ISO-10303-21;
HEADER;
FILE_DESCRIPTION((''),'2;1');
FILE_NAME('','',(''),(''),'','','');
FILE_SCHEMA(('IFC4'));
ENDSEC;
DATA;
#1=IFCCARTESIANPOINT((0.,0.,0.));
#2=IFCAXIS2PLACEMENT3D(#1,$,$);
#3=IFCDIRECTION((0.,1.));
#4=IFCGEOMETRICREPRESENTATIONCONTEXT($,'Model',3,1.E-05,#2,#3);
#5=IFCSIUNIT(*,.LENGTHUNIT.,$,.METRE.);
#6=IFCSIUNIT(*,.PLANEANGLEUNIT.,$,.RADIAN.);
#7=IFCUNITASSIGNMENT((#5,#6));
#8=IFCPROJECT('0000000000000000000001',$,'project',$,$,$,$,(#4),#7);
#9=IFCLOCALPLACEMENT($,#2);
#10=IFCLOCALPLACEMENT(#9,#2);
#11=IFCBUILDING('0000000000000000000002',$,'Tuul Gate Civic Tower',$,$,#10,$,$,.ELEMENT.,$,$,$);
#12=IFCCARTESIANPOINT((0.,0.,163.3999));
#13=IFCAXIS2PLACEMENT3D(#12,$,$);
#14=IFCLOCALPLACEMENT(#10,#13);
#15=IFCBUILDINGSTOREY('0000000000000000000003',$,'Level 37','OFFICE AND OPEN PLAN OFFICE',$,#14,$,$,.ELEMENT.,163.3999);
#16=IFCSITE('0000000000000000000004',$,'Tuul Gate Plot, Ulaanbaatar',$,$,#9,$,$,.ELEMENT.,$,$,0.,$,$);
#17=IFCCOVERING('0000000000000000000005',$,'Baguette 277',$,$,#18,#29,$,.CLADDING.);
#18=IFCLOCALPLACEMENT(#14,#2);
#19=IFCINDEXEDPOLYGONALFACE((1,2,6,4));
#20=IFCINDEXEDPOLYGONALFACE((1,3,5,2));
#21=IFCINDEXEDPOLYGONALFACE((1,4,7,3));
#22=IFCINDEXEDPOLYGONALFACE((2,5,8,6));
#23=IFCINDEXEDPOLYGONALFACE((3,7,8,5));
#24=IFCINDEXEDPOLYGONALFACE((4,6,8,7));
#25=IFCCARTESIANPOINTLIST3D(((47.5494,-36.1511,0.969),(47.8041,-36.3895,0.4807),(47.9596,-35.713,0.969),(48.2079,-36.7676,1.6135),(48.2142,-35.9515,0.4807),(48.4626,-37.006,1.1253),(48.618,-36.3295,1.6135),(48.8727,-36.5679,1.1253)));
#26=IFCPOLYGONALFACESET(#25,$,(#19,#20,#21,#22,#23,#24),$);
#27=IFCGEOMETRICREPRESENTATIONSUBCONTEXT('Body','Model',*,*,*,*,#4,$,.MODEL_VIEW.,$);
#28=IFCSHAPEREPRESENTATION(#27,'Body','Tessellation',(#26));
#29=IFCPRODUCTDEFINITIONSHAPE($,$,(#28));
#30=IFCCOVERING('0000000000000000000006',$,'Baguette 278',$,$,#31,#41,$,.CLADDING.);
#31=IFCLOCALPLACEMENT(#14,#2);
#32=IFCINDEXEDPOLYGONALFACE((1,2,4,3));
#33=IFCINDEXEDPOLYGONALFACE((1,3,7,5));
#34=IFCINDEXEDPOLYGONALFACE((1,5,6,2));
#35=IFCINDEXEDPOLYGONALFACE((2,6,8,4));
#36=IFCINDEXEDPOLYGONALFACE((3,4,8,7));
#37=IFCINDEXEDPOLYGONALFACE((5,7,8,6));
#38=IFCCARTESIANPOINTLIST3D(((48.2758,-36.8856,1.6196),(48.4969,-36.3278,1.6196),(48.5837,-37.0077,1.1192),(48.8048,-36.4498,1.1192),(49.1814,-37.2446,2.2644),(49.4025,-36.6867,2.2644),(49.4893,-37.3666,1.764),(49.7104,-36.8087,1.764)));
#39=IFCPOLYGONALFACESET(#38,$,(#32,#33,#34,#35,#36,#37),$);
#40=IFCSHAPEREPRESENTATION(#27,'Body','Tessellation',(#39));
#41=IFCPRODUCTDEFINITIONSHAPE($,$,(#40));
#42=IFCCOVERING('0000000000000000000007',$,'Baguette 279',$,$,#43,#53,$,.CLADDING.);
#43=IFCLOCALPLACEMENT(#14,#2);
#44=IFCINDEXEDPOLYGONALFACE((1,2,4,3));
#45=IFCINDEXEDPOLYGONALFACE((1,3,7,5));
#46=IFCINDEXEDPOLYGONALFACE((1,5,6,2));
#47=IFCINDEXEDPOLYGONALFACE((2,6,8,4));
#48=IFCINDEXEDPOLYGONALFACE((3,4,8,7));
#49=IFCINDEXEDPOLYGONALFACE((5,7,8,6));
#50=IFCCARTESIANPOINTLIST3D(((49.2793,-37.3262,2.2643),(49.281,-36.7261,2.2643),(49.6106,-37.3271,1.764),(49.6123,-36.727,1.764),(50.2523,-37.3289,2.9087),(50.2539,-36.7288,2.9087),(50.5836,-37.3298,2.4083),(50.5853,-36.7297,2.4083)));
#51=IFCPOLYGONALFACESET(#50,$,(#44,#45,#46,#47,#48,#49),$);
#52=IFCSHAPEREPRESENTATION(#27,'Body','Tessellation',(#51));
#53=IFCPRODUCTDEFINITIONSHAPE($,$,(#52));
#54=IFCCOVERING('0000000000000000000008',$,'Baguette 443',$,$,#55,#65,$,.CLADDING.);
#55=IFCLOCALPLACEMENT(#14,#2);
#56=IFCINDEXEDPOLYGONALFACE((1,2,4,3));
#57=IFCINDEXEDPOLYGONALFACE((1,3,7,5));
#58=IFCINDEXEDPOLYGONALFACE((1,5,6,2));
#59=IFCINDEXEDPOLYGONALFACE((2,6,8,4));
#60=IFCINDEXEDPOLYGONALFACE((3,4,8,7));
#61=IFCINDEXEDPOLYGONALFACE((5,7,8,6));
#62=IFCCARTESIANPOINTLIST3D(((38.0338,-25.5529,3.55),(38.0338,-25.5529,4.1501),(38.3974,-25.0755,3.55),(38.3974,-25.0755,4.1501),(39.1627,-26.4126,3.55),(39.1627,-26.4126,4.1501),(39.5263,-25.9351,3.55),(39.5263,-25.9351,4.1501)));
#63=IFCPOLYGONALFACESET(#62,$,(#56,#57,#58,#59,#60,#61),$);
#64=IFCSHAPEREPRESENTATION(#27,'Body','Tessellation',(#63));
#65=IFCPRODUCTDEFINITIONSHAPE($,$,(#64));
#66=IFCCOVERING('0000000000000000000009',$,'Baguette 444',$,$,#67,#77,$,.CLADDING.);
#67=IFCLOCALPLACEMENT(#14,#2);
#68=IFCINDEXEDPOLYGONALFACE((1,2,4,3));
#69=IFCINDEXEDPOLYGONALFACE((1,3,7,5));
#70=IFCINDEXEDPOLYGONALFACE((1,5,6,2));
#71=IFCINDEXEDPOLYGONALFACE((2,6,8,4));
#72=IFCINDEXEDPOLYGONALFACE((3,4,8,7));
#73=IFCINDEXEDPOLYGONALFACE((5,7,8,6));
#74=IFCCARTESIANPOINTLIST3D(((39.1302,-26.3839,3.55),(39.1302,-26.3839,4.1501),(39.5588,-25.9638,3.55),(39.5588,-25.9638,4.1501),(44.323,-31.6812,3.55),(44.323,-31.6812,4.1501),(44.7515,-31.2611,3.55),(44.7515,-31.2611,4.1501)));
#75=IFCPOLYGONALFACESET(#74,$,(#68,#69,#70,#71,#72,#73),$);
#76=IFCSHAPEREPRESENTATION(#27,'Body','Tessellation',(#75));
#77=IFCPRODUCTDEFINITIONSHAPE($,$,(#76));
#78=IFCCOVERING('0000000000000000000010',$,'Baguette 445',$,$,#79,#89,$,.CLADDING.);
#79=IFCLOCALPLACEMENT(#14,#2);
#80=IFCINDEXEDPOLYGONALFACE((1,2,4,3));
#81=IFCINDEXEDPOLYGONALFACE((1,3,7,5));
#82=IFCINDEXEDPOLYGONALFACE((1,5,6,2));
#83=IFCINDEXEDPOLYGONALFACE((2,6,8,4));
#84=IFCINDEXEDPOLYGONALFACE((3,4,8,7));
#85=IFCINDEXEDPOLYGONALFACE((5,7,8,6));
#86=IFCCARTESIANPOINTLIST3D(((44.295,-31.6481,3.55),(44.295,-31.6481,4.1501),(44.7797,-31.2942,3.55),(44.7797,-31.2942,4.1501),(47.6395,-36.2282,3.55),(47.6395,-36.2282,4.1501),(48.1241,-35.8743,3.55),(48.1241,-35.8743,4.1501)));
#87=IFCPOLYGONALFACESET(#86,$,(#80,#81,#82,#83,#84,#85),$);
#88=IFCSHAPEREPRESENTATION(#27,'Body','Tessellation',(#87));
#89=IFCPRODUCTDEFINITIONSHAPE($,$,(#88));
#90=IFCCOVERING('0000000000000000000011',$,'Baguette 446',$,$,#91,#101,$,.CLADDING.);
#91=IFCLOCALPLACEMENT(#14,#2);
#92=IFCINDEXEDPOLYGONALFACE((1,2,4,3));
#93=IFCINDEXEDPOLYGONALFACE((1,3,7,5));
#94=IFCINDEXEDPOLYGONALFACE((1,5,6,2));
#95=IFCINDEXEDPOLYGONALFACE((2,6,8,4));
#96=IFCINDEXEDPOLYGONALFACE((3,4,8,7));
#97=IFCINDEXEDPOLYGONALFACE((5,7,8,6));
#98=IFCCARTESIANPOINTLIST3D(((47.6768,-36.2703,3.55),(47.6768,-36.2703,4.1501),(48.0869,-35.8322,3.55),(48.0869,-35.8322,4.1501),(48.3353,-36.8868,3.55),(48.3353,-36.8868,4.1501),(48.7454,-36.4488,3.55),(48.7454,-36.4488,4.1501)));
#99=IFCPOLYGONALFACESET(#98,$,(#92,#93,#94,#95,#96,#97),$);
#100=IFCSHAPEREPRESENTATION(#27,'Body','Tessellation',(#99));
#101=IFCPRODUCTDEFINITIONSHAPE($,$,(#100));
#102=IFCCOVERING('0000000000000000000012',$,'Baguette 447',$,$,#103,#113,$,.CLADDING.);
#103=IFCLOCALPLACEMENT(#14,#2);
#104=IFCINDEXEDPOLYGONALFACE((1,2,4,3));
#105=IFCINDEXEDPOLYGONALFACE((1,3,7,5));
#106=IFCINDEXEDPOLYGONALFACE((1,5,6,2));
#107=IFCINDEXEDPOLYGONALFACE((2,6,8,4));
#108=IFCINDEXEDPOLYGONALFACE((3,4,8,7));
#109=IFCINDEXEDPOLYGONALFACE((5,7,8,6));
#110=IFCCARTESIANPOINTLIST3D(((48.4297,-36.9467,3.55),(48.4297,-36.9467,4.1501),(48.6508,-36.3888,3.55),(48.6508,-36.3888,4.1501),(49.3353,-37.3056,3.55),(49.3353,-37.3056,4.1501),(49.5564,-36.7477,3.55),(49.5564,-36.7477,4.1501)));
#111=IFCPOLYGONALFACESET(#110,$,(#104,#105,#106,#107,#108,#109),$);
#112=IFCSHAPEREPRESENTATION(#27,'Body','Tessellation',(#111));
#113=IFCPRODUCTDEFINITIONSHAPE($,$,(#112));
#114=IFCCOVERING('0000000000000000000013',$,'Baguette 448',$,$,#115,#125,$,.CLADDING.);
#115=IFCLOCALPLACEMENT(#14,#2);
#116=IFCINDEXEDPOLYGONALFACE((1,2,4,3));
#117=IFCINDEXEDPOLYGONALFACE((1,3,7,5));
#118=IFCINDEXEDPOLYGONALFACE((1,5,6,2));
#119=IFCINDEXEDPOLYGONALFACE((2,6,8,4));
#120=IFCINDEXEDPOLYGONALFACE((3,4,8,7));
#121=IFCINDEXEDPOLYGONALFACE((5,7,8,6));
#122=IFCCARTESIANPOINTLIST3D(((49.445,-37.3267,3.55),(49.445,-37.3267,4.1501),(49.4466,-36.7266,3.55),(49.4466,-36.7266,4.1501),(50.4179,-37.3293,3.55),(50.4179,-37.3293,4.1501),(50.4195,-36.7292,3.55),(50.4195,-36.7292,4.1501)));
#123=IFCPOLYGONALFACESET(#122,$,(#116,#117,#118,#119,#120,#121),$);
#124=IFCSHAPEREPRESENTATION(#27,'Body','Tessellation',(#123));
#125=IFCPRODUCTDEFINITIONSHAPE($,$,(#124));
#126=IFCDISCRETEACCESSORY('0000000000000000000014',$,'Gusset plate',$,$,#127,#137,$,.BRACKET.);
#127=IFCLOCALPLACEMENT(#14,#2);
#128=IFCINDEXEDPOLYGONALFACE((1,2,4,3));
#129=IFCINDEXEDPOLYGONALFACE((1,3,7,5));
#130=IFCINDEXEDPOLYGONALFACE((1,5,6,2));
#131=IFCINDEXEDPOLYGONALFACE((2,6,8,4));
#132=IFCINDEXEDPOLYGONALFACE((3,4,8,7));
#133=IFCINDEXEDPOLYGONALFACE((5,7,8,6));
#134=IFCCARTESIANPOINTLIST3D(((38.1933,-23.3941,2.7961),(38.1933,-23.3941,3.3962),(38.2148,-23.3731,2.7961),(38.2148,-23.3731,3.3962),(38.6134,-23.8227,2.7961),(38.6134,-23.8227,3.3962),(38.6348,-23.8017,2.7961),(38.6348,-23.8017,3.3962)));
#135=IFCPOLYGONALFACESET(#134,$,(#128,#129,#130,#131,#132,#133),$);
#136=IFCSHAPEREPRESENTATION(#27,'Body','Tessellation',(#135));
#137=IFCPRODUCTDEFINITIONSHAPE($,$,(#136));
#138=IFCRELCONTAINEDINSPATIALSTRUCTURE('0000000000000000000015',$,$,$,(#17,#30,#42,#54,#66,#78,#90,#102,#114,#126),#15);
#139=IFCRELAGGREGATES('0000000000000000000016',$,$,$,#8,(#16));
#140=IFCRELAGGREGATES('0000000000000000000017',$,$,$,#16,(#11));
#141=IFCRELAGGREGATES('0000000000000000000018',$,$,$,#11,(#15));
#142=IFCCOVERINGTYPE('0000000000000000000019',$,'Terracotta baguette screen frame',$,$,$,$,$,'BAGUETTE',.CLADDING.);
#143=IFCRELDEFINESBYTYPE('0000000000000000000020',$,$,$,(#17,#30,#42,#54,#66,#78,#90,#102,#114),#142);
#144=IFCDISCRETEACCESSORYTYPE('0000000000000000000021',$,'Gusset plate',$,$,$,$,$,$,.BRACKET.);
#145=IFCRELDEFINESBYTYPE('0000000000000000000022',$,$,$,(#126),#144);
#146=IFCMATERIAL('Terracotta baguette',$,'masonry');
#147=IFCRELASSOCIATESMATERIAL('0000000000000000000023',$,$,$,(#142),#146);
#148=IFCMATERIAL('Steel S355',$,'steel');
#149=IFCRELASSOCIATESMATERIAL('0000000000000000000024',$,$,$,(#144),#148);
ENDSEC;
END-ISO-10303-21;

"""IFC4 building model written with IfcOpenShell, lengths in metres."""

from ifc_helpers import new_model, si_unit, direction, frame, origin, origin_2d, place, context, subcontext, project, spatial, rectangle, extrude, material, material_profile, profile_set, type_object, element, save


model = new_model("IFC4")

# Units and contexts
model_context = context("Model", 3, precision=1e-05, world=origin(), true_north=direction((0.0, 1.0)))
body_context = subcontext(model_context, "Body", "Model", "MODEL_VIEW")
ifc_project = project(units=[si_unit("LENGTHUNIT", "METRE"), si_unit("PLANEANGLEUNIT", "RADIAN")], contexts=[model_context])

# Site, building, storey
site_placement = place(None, origin())
site = spatial("IfcSite", under=ifc_project, at=site_placement, Name="Tuul Gate Plot, Ulaanbaatar", CompositionType="ELEMENT", RefElevation=0.0)
building_placement = place(site_placement, origin())
building = spatial("IfcBuilding", under=site, at=building_placement, Name="Tuul Gate Civic Tower", CompositionType="ELEMENT")
storey_placement = place(building_placement, frame((0.0, 0.0, 163.3999)))
storey = spatial("IfcBuildingStorey", under=building, at=storey_placement, Name="Level 37", Description="OFFICE AND OPEN PLAN OFFICE", CompositionType="ELEMENT", Elevation=163.3999)

# Coverings
ifc_material_1 = material(Name="Terracotta baguette", Category="masonry")
ifc_material_profile_1 = material_profile(ifc_material_1, rectangle(XDim=0.6001, YDim=0.6001, at=origin_2d()), Name="Terracotta baguette screen frame")
ifc_profile_set_1 = profile_set([ifc_material_profile_1], Name="Terracotta baguette")
covering_type = type_object("IfcCoveringType", Name="Terracotta baguette screen frame", ElementType="BAGUETTE", PredefinedType="CLADDING", material=ifc_profile_set_1)
covering_1_placement = place(storey_placement, frame((47.8818, -36.0513, 0.7249), z_axis=(0.593946, -0.556067, 0.581393), x_axis=(0.683446, 0.730001, 0.0)))
element("IfcCovering", 1, at=covering_1_placement, inside=storey, type_object=covering_type, Name="Baguette 277", PredefinedType="CLADDING", context=body_context, shape_type="SweptSolid", body=[
    extrude(rectangle(XDim=0.6001, YDim=0.6001, at=origin_2d()), origin(), (0.0, 0.0, 1.0), 1.1086),
])
covering_2_placement = place(storey_placement, frame((48.5403, -36.6677, 1.3694), z_axis=(0.775194, -0.307235, 0.551978), x_axis=(0.36845, 0.929647, 0.0)))
element("IfcCovering", 2, at=covering_2_placement, inside=storey, type_object=covering_type, Name="Baguette 278", PredefinedType="CLADDING", context=body_context, shape_type="SweptSolid", body=[
    extrude(rectangle(XDim=0.6001, YDim=0.6001, at=origin_2d()), origin(), (0.0, 0.0, 1.0), 1.1682),
])
covering_3_placement = place(storey_placement, frame((49.4458, -37.0266, 2.0142), z_axis=(0.83375, -0.002301, 0.552137), x_axis=(0.00276, 0.999996, 0.0)))
element("IfcCovering", 3, at=covering_3_placement, inside=storey, type_object=covering_type, Name="Baguette 279", PredefinedType="CLADDING", context=body_context, shape_type="SweptSolid", body=[
    extrude(rectangle(XDim=0.6001, YDim=0.6001, at=origin_2d()), origin(), (0.0, 0.0, 1.0), 1.167),
])
covering_4_placement = place(storey_placement, frame((38.2156, -25.3142, 3.8501), z_axis=(0.795602, -0.60582, 0.0), x_axis=(0.60582, 0.795602, 0.0)))
element("IfcCovering", 4, at=covering_4_placement, inside=storey, type_object=covering_type, Name="Baguette 443", PredefinedType="CLADDING", context=body_context, shape_type="SweptSolid", body=[
    extrude(rectangle(XDim=0.6001, YDim=0.6001, at=origin_2d()), origin(), (0.0, 0.0, 1.0), 1.4189),
])
covering_5_placement = place(storey_placement, frame((39.3445, -26.1738, 3.8501), z_axis=(0.700029, -0.714115, 0.0), x_axis=(0.714115, 0.700029, 0.0)))
element("IfcCovering", 5, at=covering_5_placement, inside=storey, type_object=covering_type, Name="Baguette 444", PredefinedType="CLADDING", context=body_context, shape_type="SweptSolid", body=[
    extrude(rectangle(XDim=0.6001, YDim=0.6001, at=origin_2d()), origin(), (0.0, 0.0, 1.0), 7.418),
])
covering_6_placement = place(storey_placement, frame((44.5374, -31.4712, 3.8501), z_axis=(0.589729, -0.807601, 0.0), x_axis=(0.807601, 0.589729, 0.0)))
element("IfcCovering", 6, at=covering_6_placement, inside=storey, type_object=covering_type, Name="Baguette 445", PredefinedType="CLADDING", context=body_context, shape_type="SweptSolid", body=[
    extrude(rectangle(XDim=0.6001, YDim=0.6001, at=origin_2d()), origin(), (0.0, 0.0, 1.0), 5.6711),
])
covering_7_placement = place(storey_placement, frame((47.8818, -36.0513, 3.8501), z_axis=(0.730001, -0.683446, 0.0), x_axis=(0.683446, 0.730001, 0.0)))
element("IfcCovering", 7, at=covering_7_placement, inside=storey, type_object=covering_type, Name="Baguette 446", PredefinedType="CLADDING", context=body_context, shape_type="SweptSolid", body=[
    extrude(rectangle(XDim=0.6001, YDim=0.6001, at=origin_2d()), origin(), (0.0, 0.0, 1.0), 0.9021),
])
covering_8_placement = place(storey_placement, frame((48.5403, -36.6677, 3.8501), z_axis=(0.929647, -0.36845, 0.0), x_axis=(0.36845, 0.929647, 0.0)))
element("IfcCovering", 8, at=covering_8_placement, inside=storey, type_object=covering_type, Name="Baguette 447", PredefinedType="CLADDING", context=body_context, shape_type="SweptSolid", body=[
    extrude(rectangle(XDim=0.6001, YDim=0.6001, at=origin_2d()), origin(), (0.0, 0.0, 1.0), 0.9741),
])
covering_9_placement = place(storey_placement, frame((49.4458, -37.0266, 3.8501), z_axis=(0.999996, -0.00276, 0.0), x_axis=(0.00276, 0.999996, 0.0)))
element("IfcCovering", 9, at=covering_9_placement, inside=storey, type_object=covering_type, Name="Baguette 448", PredefinedType="CLADDING", context=body_context, shape_type="SweptSolid", body=[
    extrude(rectangle(XDim=0.6001, YDim=0.6001, at=origin_2d()), origin(), (0.0, 0.0, 1.0), 0.9729),
])

# Discrete accessory
ifc_material_2 = material(Name="Steel S355", Category="steel")
discrete_accessory_type = type_object("IfcDiscreteAccessoryType", Name="Gusset plate", PredefinedType="BRACKET", material=ifc_material_2)
discrete_accessory_placement = place(storey_placement, frame((38.4141, -23.5979, 2.7961), z_axis=(0.0, 0.0, 1.0), x_axis=(-0.699958, 0.714184, 0.0)))
element("IfcDiscreteAccessory", 10, at=discrete_accessory_placement, inside=storey, type_object=discrete_accessory_type, Name="Gusset plate", PredefinedType="BRACKET", context=body_context, shape_type="SweptSolid", body=[
    extrude(rectangle(XDim=0.6001, YDim=0.03, at=origin_2d()), origin(), (0.0, 0.0, 1.0), 0.6001),
])

save(model, "model.ifc")
